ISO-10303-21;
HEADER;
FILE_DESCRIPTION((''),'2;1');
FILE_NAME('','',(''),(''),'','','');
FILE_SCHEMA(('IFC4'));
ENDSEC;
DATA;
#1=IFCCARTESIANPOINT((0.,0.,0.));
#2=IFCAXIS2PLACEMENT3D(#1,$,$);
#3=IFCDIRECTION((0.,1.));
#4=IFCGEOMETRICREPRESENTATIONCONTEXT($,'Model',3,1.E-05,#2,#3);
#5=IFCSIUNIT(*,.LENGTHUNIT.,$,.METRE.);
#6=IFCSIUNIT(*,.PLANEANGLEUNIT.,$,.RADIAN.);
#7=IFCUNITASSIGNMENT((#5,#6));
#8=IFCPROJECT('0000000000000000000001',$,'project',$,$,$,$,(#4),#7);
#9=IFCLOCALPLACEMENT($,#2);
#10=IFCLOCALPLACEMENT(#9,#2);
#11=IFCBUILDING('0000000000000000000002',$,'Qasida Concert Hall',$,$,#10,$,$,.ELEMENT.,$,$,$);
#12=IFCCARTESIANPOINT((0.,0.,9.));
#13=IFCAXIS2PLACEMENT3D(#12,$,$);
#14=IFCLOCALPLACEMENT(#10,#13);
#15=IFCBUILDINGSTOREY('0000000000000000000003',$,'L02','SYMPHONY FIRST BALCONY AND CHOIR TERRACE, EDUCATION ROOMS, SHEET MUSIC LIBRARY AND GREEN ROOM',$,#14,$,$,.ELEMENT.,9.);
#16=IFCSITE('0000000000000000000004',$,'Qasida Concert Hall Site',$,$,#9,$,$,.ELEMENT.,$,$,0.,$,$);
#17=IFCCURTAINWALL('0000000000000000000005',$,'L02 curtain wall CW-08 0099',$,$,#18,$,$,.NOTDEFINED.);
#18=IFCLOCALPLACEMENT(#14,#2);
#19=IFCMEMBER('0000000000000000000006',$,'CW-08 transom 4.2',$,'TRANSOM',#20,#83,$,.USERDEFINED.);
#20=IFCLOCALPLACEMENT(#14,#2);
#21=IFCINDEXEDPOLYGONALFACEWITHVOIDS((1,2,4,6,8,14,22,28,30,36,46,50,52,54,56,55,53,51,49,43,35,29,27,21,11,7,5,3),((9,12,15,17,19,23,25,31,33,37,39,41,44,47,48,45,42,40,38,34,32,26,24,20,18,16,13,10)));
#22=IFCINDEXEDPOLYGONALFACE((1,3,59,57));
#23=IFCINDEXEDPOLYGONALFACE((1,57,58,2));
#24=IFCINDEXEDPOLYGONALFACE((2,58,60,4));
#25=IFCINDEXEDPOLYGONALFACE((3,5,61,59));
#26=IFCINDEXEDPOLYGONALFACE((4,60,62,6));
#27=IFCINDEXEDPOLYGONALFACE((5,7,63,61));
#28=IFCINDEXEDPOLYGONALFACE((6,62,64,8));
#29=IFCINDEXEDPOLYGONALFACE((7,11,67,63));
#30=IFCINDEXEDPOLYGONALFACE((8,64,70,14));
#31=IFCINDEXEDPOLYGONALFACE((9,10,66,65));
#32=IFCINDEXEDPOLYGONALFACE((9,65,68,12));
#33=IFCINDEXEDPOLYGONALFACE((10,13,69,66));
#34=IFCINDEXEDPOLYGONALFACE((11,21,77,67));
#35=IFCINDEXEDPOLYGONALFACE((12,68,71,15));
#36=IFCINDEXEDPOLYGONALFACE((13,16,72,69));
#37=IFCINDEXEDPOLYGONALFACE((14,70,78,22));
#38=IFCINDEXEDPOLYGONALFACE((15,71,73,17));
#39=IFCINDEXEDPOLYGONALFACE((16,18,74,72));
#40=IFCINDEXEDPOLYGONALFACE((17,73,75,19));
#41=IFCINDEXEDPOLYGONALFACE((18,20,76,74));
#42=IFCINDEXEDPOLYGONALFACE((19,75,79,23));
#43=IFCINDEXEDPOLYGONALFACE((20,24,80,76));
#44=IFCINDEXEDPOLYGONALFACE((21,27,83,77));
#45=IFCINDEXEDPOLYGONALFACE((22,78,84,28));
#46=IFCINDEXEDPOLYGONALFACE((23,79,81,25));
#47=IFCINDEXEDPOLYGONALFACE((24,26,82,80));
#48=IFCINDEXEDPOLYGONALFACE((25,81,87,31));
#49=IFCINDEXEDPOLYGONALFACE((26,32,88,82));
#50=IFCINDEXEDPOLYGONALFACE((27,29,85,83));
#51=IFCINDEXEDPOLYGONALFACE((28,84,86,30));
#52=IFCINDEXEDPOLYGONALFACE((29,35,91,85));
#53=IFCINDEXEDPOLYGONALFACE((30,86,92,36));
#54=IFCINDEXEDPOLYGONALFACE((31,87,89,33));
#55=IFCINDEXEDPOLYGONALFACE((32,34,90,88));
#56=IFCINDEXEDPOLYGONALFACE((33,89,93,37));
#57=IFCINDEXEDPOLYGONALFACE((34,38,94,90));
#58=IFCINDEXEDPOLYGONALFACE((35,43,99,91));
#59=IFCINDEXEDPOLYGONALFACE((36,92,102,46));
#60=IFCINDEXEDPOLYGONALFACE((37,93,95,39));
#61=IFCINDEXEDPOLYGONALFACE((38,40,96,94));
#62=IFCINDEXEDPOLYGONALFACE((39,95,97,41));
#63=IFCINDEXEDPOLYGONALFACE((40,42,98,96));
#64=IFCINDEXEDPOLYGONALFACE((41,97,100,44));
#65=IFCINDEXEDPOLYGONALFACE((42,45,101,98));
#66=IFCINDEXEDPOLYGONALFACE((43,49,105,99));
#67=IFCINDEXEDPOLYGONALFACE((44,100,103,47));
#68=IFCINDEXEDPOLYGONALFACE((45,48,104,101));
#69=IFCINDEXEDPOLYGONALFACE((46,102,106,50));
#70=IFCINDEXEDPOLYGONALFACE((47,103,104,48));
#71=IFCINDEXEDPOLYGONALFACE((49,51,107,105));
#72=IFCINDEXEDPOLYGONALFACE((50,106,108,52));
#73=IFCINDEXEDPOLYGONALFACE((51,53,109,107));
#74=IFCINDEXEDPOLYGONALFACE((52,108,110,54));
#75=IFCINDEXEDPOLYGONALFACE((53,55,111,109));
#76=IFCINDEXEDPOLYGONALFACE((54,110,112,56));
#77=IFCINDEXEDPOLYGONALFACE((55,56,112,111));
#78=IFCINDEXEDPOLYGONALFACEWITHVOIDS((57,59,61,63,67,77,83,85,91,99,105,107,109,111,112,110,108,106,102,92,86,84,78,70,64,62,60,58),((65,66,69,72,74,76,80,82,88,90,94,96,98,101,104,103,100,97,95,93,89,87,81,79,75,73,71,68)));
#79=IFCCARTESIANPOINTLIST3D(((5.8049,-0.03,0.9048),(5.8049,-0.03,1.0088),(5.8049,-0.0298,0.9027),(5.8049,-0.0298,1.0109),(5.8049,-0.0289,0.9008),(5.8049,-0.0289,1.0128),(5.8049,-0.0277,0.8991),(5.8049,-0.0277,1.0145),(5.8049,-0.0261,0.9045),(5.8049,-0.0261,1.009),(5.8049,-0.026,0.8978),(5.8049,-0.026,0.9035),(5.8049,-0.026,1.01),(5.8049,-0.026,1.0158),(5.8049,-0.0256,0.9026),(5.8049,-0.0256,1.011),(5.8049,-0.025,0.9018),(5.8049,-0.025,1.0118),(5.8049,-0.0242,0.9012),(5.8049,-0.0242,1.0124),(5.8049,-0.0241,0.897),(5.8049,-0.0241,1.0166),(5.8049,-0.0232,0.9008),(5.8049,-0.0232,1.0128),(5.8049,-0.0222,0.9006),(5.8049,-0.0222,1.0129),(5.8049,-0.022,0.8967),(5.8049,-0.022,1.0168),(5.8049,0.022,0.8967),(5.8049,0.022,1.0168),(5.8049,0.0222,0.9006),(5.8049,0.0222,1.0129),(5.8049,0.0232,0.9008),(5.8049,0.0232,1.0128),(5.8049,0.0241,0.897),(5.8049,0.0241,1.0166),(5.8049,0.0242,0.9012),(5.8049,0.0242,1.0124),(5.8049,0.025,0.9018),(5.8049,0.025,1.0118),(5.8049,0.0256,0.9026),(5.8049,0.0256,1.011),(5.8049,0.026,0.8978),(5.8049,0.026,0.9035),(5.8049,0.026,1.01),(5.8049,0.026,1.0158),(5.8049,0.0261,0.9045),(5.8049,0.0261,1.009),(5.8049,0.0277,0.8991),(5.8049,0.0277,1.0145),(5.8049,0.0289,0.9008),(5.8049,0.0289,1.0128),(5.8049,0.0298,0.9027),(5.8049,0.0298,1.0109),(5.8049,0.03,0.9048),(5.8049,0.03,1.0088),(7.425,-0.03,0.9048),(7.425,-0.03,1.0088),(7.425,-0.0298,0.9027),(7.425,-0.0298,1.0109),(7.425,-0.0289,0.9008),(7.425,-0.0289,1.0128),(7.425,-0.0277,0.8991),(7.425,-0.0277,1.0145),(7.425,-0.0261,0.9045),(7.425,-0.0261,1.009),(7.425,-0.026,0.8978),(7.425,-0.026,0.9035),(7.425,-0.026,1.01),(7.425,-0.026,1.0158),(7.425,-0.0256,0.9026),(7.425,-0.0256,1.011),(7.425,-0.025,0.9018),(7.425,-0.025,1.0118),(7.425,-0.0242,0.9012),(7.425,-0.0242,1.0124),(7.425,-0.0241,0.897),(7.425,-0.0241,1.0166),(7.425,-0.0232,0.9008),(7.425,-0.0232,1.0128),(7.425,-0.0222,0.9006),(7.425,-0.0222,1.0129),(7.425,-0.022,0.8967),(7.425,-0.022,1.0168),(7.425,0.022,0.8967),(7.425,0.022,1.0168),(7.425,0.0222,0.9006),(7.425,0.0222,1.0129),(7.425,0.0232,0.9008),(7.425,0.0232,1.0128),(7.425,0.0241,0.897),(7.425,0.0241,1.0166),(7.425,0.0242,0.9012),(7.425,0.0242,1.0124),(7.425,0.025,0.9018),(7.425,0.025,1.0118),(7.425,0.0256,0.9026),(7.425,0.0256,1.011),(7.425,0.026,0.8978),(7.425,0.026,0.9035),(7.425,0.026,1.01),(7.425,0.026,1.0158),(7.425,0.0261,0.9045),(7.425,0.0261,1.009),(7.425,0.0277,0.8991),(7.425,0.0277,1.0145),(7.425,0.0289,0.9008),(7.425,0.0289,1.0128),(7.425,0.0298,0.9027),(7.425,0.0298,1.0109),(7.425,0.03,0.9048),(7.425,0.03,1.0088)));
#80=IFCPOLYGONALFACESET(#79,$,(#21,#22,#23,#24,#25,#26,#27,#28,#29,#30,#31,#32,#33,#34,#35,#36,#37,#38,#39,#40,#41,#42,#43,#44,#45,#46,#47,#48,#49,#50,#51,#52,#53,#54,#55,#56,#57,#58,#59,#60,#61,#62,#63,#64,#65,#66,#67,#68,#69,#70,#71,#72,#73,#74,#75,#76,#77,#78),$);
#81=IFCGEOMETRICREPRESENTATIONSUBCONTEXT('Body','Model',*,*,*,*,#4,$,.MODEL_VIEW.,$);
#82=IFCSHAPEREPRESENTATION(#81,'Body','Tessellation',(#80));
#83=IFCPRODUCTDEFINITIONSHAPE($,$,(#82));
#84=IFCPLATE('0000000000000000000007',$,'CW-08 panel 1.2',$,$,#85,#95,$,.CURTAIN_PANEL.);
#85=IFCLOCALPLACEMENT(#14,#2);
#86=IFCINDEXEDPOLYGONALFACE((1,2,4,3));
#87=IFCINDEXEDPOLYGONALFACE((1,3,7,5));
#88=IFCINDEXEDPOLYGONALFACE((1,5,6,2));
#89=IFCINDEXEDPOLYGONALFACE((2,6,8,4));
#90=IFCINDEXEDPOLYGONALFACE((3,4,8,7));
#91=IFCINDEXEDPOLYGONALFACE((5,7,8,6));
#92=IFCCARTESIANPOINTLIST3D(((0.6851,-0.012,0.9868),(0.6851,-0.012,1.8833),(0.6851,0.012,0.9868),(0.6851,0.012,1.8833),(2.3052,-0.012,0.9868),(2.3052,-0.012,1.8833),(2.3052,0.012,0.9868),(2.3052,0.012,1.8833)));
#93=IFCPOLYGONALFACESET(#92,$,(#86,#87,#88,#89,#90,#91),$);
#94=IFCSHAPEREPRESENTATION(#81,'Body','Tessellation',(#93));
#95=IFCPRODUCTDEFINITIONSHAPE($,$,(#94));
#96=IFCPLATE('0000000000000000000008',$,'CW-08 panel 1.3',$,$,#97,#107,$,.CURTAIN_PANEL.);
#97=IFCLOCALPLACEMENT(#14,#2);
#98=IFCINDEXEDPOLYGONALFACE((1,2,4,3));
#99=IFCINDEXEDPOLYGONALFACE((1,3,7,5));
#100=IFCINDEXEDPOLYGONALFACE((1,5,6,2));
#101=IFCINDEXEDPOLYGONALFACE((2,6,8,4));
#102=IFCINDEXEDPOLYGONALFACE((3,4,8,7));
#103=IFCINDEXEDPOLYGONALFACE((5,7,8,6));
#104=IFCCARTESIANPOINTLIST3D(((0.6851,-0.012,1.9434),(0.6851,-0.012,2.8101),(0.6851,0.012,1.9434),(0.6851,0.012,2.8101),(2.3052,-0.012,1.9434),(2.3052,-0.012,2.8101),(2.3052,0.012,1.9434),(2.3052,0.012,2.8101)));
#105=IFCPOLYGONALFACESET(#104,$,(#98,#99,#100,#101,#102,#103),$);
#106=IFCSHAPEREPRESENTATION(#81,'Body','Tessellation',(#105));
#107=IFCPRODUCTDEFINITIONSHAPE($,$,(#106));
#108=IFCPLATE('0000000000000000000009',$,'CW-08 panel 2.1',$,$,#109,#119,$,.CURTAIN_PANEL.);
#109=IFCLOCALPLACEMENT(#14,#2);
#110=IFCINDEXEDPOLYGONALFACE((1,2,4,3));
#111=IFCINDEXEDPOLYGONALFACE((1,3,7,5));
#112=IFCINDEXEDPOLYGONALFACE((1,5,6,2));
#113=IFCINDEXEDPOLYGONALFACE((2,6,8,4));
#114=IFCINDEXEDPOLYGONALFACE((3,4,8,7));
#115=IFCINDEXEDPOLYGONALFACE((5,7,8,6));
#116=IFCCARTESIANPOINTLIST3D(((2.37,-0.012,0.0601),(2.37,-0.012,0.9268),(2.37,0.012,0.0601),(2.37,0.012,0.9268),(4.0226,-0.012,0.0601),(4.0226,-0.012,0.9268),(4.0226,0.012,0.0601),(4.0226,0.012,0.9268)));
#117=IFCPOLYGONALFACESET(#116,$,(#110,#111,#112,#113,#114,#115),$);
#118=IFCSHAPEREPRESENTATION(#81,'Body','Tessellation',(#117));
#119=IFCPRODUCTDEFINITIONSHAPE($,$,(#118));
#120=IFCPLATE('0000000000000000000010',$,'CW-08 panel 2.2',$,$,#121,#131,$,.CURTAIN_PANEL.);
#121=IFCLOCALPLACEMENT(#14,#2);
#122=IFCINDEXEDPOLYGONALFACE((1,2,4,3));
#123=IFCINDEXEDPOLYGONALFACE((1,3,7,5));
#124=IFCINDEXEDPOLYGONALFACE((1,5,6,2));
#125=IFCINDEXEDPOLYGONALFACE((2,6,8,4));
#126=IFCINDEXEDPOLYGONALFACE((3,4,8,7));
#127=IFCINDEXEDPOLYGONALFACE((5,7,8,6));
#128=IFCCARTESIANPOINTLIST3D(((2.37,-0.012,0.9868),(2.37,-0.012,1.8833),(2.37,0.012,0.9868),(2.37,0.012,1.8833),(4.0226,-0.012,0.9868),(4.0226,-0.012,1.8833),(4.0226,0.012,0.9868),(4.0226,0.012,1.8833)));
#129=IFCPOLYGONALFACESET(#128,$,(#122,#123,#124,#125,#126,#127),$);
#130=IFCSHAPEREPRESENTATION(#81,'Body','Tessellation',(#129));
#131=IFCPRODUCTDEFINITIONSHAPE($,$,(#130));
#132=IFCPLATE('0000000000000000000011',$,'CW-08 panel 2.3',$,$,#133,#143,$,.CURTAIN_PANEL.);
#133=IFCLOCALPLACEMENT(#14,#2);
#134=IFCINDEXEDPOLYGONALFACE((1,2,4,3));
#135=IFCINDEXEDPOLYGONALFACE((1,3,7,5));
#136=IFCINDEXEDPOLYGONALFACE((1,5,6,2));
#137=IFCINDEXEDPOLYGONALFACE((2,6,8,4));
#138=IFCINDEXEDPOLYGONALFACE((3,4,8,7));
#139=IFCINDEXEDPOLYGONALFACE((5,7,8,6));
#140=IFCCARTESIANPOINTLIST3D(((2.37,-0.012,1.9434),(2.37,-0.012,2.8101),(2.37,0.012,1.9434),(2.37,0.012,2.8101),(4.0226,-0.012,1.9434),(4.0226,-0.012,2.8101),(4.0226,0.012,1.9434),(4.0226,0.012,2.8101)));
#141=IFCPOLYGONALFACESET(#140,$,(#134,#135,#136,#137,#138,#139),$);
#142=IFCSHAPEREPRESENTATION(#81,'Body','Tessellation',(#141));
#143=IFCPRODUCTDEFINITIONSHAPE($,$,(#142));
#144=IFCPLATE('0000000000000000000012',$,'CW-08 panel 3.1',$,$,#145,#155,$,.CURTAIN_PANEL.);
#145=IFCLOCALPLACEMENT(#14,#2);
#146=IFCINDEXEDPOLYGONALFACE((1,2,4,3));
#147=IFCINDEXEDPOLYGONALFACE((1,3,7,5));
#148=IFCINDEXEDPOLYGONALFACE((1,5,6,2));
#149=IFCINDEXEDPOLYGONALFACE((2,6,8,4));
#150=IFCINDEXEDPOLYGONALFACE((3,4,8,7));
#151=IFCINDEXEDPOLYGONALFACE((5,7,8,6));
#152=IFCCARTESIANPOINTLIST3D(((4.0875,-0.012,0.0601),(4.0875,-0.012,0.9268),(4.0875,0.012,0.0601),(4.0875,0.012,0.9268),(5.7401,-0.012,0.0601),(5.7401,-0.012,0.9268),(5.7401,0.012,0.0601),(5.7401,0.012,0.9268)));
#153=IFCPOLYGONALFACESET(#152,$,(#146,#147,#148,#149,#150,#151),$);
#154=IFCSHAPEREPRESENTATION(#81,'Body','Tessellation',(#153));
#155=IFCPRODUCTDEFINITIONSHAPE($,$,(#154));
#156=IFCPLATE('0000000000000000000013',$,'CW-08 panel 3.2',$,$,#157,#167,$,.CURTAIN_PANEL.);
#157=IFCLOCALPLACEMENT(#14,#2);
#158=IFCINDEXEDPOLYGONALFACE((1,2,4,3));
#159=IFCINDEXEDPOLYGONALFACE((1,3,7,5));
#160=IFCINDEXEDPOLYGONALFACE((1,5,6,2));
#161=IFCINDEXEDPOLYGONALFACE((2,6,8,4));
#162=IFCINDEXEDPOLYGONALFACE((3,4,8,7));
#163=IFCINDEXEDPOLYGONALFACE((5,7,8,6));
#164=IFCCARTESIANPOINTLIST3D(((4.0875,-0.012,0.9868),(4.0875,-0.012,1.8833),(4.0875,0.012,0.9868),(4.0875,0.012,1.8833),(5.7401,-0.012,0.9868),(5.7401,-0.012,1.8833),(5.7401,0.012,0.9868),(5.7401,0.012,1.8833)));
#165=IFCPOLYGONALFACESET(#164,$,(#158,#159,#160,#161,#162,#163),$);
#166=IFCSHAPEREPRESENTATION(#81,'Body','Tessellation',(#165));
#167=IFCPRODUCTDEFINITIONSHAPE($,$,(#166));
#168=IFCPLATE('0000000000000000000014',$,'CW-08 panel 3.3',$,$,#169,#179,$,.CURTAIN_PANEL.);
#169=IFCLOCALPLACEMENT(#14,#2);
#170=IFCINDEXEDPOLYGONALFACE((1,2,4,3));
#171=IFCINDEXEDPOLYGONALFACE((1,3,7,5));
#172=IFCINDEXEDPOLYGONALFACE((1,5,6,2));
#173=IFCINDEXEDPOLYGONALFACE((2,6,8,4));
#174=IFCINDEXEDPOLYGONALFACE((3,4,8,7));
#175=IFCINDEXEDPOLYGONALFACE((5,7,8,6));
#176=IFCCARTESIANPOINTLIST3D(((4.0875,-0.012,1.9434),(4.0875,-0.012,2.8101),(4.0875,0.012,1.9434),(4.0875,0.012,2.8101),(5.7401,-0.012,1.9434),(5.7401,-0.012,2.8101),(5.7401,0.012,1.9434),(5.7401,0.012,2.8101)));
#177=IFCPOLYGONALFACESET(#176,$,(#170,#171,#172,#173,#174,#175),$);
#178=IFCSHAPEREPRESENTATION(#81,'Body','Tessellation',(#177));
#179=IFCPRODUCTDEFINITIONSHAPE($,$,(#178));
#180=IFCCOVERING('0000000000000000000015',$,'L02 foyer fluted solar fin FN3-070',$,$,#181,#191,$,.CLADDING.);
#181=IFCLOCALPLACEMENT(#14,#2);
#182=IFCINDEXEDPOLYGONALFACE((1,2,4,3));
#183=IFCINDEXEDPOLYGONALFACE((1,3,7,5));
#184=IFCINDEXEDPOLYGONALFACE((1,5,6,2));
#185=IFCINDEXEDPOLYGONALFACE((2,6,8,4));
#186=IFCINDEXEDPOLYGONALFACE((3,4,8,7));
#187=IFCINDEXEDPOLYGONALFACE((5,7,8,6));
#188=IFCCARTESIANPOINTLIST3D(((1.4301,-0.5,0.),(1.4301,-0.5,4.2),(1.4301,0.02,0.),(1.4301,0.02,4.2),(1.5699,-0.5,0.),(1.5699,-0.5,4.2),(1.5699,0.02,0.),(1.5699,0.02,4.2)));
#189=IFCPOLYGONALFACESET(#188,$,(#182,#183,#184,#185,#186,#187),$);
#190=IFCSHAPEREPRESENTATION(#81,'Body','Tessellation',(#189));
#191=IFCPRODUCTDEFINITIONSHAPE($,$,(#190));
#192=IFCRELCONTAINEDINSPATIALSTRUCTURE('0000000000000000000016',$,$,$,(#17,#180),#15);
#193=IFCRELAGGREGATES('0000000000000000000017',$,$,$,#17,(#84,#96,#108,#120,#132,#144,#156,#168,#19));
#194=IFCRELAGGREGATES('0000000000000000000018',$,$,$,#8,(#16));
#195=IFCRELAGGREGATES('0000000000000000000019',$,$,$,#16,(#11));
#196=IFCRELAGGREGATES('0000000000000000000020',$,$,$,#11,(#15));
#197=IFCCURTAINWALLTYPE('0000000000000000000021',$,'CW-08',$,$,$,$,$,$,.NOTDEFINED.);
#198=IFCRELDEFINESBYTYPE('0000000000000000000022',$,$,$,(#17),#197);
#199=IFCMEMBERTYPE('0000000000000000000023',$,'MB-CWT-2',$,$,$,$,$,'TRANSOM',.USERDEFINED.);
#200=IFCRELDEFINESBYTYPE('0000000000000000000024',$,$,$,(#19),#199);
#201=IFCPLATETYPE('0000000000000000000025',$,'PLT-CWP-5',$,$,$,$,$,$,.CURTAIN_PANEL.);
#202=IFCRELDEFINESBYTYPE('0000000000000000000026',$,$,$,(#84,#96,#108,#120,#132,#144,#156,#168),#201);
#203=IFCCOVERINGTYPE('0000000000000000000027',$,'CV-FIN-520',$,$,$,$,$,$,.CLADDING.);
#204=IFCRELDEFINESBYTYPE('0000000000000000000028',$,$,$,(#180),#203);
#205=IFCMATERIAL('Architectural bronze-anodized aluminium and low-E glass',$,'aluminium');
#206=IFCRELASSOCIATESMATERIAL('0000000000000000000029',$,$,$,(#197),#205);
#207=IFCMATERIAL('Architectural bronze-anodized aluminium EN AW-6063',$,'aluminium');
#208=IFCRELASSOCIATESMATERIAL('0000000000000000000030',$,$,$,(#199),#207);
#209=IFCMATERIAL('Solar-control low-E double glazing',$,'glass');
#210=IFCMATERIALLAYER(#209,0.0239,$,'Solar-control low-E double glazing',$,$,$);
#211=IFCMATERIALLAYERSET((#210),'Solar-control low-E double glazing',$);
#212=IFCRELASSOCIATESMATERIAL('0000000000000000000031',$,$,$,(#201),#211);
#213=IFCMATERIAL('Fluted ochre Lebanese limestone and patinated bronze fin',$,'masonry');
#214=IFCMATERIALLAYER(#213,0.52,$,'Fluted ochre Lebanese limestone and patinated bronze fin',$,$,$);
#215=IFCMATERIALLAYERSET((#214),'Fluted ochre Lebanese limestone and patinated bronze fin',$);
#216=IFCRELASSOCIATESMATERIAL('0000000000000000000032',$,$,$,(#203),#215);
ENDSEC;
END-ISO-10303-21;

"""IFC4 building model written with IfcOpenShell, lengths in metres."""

from ifc_helpers import new_model, si_unit, direction, frame, origin, origin_2d, place, context, subcontext, project, spatial, rectangle, hollow_rectangle, extrude, material, layer, layer_set, material_profile, profile_set, type_object, element, aggregate, save


model = new_model("IFC4")

# Units and contexts
model_context = context("Model", 3, precision=1e-05, world=origin(), true_north=direction((0.0, 1.0)))
body_context = subcontext(model_context, "Body", "Model", "MODEL_VIEW")
ifc_project = project(units=[si_unit("LENGTHUNIT", "METRE"), si_unit("PLANEANGLEUNIT", "RADIAN")], contexts=[model_context])

# Site, building, storey
site_placement = place(None, origin())
site = spatial("IfcSite", under=ifc_project, at=site_placement, Name="Qasida Concert Hall Site", CompositionType="ELEMENT", RefElevation=0.0)
building_placement = place(site_placement, origin())
building = spatial("IfcBuilding", under=site, at=building_placement, Name="Qasida Concert Hall", CompositionType="ELEMENT")
storey_placement = place(building_placement, frame((0.0, 0.0, 9.0)))
storey = spatial("IfcBuildingStorey", under=building, at=storey_placement, Name="L02", Description="SYMPHONY FIRST BALCONY AND CHOIR TERRACE, EDUCATION ROOMS, SHEET MUSIC LIBRARY AND GREEN ROOM", CompositionType="ELEMENT", Elevation=9.0)

# Curtain wall, member, plates
ifc_material_1 = material(Name="Architectural bronze-anodized aluminium and low-E glass", Category="aluminium")
curtain_wall_type = type_object("IfcCurtainWallType", Name="CW-08", PredefinedType="NOTDEFINED", material=ifc_material_1)
curtain_wall_placement = place(storey_placement, origin())
curtain_wall = element("IfcCurtainWall", 1, at=curtain_wall_placement, inside=storey, type_object=curtain_wall_type, Name="L02 curtain wall CW-08 0099", PredefinedType="NOTDEFINED")
ifc_material_2 = material(Name="Architectural bronze-anodized aluminium EN AW-6063", Category="aluminium")
ifc_material_profile_1 = material_profile(ifc_material_2, hollow_rectangle(XDim=0.0601, YDim=0.1201, WallThickness=0.0039, InnerFilletRadius=0.0039, OuterFilletRadius=0.0081, at=origin_2d()), Name="CWT 120x60x4")
ifc_profile_set_1 = profile_set([ifc_material_profile_1], Name="Architectural bronze-anodized aluminium EN AW-6063")
member_type_1 = type_object("IfcMemberType", Name="MB-CWT-2", ElementType="TRANSOM", PredefinedType="USERDEFINED", material=ifc_profile_set_1)
member_1_placement = place(storey_placement, frame((5.8049, 0.0, 0.9568), z_axis=(1.0, 0.0, 0.0), x_axis=(0.0, 1.0, 0.0)))
member_1 = element("IfcMember", 2, at=member_1_placement, type_object=member_type_1, Name="CW-08 transom 4.2", ObjectType="TRANSOM", PredefinedType="USERDEFINED", context=body_context, shape_type="SweptSolid", body=[
    extrude(hollow_rectangle(XDim=0.0601, YDim=0.1201, WallThickness=0.0039, InnerFilletRadius=0.0039, OuterFilletRadius=0.0081, at=origin_2d()), origin(), (0.0, 0.0, 1.0), 1.6201),
])
ifc_material_3 = material(Name="Solar-control low-E double glazing", Category="glass")
ifc_layer_1 = layer(ifc_material_3, 0.0239, Name="Solar-control low-E double glazing")
ifc_layer_set_1 = layer_set([ifc_layer_1], Name="Solar-control low-E double glazing")
plate_type = type_object("IfcPlateType", Name="PLT-CWP-5", PredefinedType="CURTAIN_PANEL", material=ifc_layer_set_1)
plate_1_placement = place(storey_placement, frame((1.4951, 0.0, 0.9868), z_axis=(0.0, 0.0, 1.0), x_axis=(1.0, 0.0, 0.0)))
plate_1 = element("IfcPlate", 3, at=plate_1_placement, type_object=plate_type, Name="CW-08 panel 1.2", PredefinedType="CURTAIN_PANEL", context=body_context, shape_type="SweptSolid", body=[
    extrude(rectangle(XDim=1.6201, YDim=0.0239, at=origin_2d()), origin(), (0.0, 0.0, 1.0), 0.8965),
])
plate_2_placement = place(storey_placement, frame((1.4951, 0.0, 1.9434), z_axis=(0.0, 0.0, 1.0), x_axis=(1.0, 0.0, 0.0)))
plate_2 = element("IfcPlate", 4, at=plate_2_placement, type_object=plate_type, Name="CW-08 panel 1.3", PredefinedType="CURTAIN_PANEL", context=body_context, shape_type="SweptSolid", body=[
    extrude(rectangle(XDim=1.6201, YDim=0.0239, at=origin_2d()), origin(), (0.0, 0.0, 1.0), 0.8667),
])
plate_3_placement = place(storey_placement, frame((3.1963, 0.0, 0.0601), z_axis=(0.0, 0.0, 1.0), x_axis=(1.0, 0.0, 0.0)))
plate_3 = element("IfcPlate", 5, at=plate_3_placement, type_object=plate_type, Name="CW-08 panel 2.1", PredefinedType="CURTAIN_PANEL", context=body_context, shape_type="SweptSolid", body=[
    extrude(rectangle(XDim=1.6526, YDim=0.0239, at=origin_2d()), origin(), (0.0, 0.0, 1.0), 0.8667),
])
plate_4_placement = place(storey_placement, frame((3.1963, 0.0, 0.9868), z_axis=(0.0, 0.0, 1.0), x_axis=(1.0, 0.0, 0.0)))
plate_4 = element("IfcPlate", 6, at=plate_4_placement, type_object=plate_type, Name="CW-08 panel 2.2", PredefinedType="CURTAIN_PANEL", context=body_context, shape_type="SweptSolid", body=[
    extrude(rectangle(XDim=1.6526, YDim=0.0239, at=origin_2d()), origin(), (0.0, 0.0, 1.0), 0.8965),
])
plate_5_placement = place(storey_placement, frame((3.1963, 0.0, 1.9434), z_axis=(0.0, 0.0, 1.0), x_axis=(1.0, 0.0, 0.0)))
plate_5 = element("IfcPlate", 7, at=plate_5_placement, type_object=plate_type, Name="CW-08 panel 2.3", PredefinedType="CURTAIN_PANEL", context=body_context, shape_type="SweptSolid", body=[
    extrude(rectangle(XDim=1.6526, YDim=0.0239, at=origin_2d()), origin(), (0.0, 0.0, 1.0), 0.8667),
])
plate_6_placement = place(storey_placement, frame((4.9138, 0.0, 0.0601), z_axis=(0.0, 0.0, 1.0), x_axis=(1.0, 0.0, 0.0)))
plate_6 = element("IfcPlate", 8, at=plate_6_placement, type_object=plate_type, Name="CW-08 panel 3.1", PredefinedType="CURTAIN_PANEL", context=body_context, shape_type="SweptSolid", body=[
    extrude(rectangle(XDim=1.6526, YDim=0.0239, at=origin_2d()), origin(), (0.0, 0.0, 1.0), 0.8667),
])
plate_7_placement = place(storey_placement, frame((4.9138, 0.0, 0.9868), z_axis=(0.0, 0.0, 1.0), x_axis=(1.0, 0.0, 0.0)))
plate_7 = element("IfcPlate", 9, at=plate_7_placement, type_object=plate_type, Name="CW-08 panel 3.2", PredefinedType="CURTAIN_PANEL", context=body_context, shape_type="SweptSolid", body=[
    extrude(rectangle(XDim=1.6526, YDim=0.0239, at=origin_2d()), origin(), (0.0, 0.0, 1.0), 0.8965),
])
plate_8_placement = place(storey_placement, frame((4.9138, 0.0, 1.9434), z_axis=(0.0, 0.0, 1.0), x_axis=(1.0, 0.0, 0.0)))
plate_8 = element("IfcPlate", 10, at=plate_8_placement, type_object=plate_type, Name="CW-08 panel 3.3", PredefinedType="CURTAIN_PANEL", context=body_context, shape_type="SweptSolid", body=[
    extrude(rectangle(XDim=1.6526, YDim=0.0239, at=origin_2d()), origin(), (0.0, 0.0, 1.0), 0.8667),
])
aggregate(curtain_wall, [plate_1, plate_2, plate_3, plate_4, plate_5, plate_6, plate_7, plate_8, member_1])

# Covering
ifc_material_4 = material(Name="Fluted ochre Lebanese limestone and patinated bronze fin", Category="masonry")
ifc_layer_2 = layer(ifc_material_4, 0.52, Name="Fluted ochre Lebanese limestone and patinated bronze fin")
ifc_layer_set_2 = layer_set([ifc_layer_2], Name="Fluted ochre Lebanese limestone and patinated bronze fin")
covering_type = type_object("IfcCoveringType", Name="CV-FIN-520", PredefinedType="CLADDING", material=ifc_layer_set_2)
for number, where, z_axis, x_axis, name in (
    (11, (1.5, -0.24, 0.0), (0.0, 0.0, 1.0), (1.0, 0.0, 0.0), "L02 foyer fluted solar fin FN3-070"),
):
    element("IfcCovering", number, at=place(storey_placement, frame(where, z_axis=z_axis, x_axis=x_axis)), inside=storey, type_object=covering_type, Name=name, PredefinedType="CLADDING", context=body_context, shape_type="SweptSolid", body=[
        extrude(rectangle(XDim=0.1399, YDim=0.52, at=origin_2d()), origin(), (0.0, 0.0, 1.0), 4.2),
    ])

save(model, "model.ifc")
